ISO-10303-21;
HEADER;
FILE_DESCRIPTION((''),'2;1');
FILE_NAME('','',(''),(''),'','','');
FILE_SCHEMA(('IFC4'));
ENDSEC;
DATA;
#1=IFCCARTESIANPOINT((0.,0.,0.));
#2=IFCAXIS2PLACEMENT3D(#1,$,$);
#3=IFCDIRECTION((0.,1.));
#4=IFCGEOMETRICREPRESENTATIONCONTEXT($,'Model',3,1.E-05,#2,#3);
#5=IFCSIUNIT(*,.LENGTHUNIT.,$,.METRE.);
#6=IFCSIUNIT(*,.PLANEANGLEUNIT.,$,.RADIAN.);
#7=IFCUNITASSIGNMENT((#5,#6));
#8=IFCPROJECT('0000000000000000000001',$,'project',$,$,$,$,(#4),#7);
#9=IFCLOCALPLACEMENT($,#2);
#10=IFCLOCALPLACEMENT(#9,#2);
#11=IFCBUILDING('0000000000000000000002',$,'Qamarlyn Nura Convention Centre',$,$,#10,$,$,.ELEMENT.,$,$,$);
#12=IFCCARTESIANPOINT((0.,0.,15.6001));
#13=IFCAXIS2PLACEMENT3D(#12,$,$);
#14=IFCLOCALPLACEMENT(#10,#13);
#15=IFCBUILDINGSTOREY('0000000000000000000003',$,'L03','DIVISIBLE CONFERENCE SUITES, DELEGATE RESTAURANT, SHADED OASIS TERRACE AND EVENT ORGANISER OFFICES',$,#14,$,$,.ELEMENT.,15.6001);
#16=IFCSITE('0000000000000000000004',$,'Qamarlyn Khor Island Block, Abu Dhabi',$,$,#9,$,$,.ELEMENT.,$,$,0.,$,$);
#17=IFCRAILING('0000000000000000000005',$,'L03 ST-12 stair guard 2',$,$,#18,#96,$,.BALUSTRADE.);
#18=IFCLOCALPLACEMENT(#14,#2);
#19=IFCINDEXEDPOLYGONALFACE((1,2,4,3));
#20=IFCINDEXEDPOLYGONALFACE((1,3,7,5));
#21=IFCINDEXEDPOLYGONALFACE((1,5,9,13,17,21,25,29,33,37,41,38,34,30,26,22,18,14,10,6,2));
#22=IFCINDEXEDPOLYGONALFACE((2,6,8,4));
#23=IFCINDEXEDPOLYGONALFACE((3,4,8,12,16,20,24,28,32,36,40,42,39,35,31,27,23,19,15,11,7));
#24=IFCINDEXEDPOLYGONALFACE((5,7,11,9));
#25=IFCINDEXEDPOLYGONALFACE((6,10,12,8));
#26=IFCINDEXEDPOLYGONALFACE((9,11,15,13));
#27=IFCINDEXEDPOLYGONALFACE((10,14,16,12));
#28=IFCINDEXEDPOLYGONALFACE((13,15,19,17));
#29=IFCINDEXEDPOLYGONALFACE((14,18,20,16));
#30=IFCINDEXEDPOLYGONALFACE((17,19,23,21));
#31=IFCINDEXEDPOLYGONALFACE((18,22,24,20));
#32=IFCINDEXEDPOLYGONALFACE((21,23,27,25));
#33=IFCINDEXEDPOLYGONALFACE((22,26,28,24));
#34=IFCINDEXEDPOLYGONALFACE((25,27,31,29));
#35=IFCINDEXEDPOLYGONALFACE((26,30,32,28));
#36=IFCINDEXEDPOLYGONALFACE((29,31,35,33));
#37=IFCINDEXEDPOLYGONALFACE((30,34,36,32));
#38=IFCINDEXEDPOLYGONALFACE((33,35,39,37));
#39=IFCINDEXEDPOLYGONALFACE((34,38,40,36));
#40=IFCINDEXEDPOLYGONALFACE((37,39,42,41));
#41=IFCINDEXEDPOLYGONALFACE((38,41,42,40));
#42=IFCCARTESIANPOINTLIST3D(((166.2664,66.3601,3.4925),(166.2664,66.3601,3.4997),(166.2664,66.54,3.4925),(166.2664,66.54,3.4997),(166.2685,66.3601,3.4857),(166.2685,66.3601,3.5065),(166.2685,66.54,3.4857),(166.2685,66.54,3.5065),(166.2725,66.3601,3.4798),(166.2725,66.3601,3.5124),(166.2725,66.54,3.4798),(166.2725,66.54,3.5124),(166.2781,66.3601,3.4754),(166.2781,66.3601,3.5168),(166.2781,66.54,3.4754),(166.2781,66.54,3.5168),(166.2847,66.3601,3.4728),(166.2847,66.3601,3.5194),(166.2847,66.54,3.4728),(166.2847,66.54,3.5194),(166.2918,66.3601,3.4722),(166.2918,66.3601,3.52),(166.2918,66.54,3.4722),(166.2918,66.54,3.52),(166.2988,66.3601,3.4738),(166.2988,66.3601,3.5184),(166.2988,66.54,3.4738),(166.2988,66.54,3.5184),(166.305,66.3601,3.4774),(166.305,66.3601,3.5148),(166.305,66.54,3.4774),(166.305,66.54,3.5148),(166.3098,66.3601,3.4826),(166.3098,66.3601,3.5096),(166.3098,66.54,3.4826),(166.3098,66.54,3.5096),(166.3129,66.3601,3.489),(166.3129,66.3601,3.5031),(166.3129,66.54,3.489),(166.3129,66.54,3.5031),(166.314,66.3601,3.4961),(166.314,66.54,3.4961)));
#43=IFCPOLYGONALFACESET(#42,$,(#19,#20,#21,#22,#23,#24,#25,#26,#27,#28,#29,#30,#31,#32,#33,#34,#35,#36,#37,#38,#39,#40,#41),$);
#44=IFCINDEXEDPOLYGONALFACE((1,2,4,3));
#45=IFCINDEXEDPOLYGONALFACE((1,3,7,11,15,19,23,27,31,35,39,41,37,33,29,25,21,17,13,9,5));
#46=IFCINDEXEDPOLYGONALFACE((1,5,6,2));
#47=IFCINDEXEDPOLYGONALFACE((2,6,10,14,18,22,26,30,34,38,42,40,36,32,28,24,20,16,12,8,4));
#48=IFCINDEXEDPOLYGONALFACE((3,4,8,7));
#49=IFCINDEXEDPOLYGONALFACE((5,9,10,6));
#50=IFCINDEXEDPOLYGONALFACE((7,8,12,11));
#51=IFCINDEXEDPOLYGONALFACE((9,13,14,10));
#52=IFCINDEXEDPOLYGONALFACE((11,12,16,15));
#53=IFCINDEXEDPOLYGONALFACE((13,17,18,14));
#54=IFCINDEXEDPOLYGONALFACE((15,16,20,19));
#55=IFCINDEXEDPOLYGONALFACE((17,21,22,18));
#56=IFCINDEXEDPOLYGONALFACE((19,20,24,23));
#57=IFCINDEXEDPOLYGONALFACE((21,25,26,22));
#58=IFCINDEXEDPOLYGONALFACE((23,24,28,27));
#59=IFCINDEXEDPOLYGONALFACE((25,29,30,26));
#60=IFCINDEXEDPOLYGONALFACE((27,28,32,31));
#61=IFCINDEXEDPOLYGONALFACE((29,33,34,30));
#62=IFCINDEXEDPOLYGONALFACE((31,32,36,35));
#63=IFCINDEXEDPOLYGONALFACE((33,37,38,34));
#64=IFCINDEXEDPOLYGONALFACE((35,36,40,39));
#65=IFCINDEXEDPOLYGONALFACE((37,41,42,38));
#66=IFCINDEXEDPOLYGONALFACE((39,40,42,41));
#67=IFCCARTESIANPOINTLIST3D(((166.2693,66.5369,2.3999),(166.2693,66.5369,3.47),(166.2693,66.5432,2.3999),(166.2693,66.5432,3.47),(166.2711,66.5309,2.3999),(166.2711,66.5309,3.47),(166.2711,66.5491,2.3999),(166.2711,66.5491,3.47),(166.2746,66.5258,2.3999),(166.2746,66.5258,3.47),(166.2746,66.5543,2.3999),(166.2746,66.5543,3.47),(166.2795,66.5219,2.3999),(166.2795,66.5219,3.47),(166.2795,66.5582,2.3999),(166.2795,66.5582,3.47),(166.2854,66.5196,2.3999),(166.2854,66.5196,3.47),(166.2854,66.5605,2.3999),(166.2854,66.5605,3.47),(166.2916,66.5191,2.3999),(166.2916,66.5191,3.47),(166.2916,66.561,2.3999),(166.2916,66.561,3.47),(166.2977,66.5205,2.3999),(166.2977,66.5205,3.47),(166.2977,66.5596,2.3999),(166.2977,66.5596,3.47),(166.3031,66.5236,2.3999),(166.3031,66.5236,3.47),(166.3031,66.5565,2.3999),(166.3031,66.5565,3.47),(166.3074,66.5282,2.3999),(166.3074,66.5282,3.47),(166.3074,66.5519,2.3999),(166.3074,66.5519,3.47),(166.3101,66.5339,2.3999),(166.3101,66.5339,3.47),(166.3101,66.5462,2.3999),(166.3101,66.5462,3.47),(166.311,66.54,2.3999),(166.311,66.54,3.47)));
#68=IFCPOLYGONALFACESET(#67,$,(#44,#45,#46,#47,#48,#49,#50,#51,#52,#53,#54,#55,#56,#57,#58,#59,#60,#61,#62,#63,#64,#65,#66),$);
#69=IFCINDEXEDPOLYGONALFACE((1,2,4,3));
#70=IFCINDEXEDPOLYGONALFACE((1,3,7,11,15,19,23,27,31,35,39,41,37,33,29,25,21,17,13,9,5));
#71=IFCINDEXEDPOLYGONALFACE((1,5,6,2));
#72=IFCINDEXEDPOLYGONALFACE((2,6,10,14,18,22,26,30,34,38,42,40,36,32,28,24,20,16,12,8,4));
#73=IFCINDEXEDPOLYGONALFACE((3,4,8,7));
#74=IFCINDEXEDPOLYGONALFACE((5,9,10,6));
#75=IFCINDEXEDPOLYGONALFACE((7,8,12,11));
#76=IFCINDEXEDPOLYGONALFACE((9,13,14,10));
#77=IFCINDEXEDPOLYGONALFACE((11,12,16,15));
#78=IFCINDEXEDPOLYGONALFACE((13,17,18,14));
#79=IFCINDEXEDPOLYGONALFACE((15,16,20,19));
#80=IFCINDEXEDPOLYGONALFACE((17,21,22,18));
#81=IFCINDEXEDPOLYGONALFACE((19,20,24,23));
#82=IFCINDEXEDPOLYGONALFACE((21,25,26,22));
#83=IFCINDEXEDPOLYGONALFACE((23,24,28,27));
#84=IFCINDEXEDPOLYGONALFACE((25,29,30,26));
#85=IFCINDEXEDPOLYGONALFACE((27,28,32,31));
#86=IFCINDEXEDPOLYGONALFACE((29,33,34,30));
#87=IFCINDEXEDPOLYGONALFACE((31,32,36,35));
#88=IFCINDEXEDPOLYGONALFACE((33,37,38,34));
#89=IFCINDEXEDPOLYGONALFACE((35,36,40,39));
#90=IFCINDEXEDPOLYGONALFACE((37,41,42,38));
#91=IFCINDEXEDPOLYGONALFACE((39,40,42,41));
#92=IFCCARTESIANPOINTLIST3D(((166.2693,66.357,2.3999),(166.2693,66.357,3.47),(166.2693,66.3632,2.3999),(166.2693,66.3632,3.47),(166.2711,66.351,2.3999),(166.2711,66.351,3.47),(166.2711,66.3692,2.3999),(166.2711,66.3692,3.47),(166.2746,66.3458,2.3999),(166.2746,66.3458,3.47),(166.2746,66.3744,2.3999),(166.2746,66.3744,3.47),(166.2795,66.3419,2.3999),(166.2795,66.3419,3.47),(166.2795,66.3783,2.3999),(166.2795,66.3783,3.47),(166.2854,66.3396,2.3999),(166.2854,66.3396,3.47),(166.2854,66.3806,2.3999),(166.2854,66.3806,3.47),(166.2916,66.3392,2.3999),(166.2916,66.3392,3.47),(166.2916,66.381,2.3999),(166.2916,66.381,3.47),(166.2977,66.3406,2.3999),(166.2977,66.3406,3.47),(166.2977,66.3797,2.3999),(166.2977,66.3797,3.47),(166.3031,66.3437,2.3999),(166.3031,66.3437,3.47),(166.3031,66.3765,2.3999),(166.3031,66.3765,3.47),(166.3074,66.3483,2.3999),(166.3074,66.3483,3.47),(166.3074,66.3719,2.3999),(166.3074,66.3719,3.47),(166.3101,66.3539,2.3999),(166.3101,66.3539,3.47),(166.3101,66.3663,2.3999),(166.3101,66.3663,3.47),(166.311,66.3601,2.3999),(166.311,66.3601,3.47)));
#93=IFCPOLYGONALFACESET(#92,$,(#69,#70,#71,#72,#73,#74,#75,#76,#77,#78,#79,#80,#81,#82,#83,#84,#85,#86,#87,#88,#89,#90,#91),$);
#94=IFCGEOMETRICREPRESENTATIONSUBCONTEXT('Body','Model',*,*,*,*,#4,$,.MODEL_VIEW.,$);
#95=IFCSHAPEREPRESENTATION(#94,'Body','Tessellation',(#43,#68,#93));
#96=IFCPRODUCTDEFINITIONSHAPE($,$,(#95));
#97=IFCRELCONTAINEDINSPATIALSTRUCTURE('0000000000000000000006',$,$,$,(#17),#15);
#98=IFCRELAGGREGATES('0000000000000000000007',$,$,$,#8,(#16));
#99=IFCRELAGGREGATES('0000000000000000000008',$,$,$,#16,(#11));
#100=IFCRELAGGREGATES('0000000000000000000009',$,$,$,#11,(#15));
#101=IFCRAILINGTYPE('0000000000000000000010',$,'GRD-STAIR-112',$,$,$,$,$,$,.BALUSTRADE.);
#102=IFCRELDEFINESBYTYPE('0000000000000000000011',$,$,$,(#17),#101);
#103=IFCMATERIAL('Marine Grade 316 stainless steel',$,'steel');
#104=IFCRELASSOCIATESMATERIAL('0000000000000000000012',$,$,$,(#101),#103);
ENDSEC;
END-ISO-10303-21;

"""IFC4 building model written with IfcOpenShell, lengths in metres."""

from ifc_helpers import new_model, si_unit, direction, frame, origin, origin_2d, place, context, subcontext, project, spatial, circle, extrude, material, type_object, element, save


model = new_model("IFC4")

# Units and contexts
model_context = context("Model", 3, precision=1e-05, world=origin(), true_north=direction((0.0, 1.0)))
body_context = subcontext(model_context, "Body", "Model", "MODEL_VIEW")
ifc_project = project(units=[si_unit("LENGTHUNIT", "METRE"), si_unit("PLANEANGLEUNIT", "RADIAN")], contexts=[model_context])

# Site, building, storey
site_placement = place(None, origin())
site = spatial("IfcSite", under=ifc_project, at=site_placement, Name="Qamarlyn Khor Island Block, Abu Dhabi", CompositionType="ELEMENT", RefElevation=0.0)
building_placement = place(site_placement, origin())
building = spatial("IfcBuilding", under=site, at=building_placement, Name="Qamarlyn Nura Convention Centre", CompositionType="ELEMENT")
storey_placement = place(building_placement, frame((0.0, 0.0, 15.6001)))
storey = spatial("IfcBuildingStorey", under=building, at=storey_placement, Name="L03", Description="DIVISIBLE CONFERENCE SUITES, DELEGATE RESTAURANT, SHADED OASIS TERRACE AND EVENT ORGANISER OFFICES", CompositionType="ELEMENT", Elevation=15.6001)

# Railing
ifc_material_1 = material(Name="Marine Grade 316 stainless steel", Category="steel")
railing_type_1 = type_object("IfcRailingType", Name="GRD-STAIR-112", PredefinedType="BALUSTRADE", material=ifc_material_1)
railing_1_placement = place(storey_placement, frame((166.29, 66.54, 2.3999)))
element("IfcRailing", 1, at=railing_1_placement, inside=storey, type_object=railing_type_1, Name="L03 ST-12 stair guard 2", PredefinedType="BALUSTRADE", context=body_context, shape_type="SweptSolid", body=[
    extrude(circle(Radius=0.0239, at=origin_2d()), frame((0.0, 0.0, 1.0962), z_axis=(0.0, -1.0, 0.0), x_axis=(1.0, 0.0, 0.0)), (0.0, 0.0, 1.0), 0.1799),
    extrude(circle(Radius=0.021, at=origin_2d()), origin(), (0.0, 0.0, 1.0), 1.0701),
    extrude(circle(Radius=0.021, at=origin_2d()), frame((0.0, -0.1799, 0.0)), (0.0, 0.0, 1.0), 1.0701),
])

save(model, "model.ifc")
